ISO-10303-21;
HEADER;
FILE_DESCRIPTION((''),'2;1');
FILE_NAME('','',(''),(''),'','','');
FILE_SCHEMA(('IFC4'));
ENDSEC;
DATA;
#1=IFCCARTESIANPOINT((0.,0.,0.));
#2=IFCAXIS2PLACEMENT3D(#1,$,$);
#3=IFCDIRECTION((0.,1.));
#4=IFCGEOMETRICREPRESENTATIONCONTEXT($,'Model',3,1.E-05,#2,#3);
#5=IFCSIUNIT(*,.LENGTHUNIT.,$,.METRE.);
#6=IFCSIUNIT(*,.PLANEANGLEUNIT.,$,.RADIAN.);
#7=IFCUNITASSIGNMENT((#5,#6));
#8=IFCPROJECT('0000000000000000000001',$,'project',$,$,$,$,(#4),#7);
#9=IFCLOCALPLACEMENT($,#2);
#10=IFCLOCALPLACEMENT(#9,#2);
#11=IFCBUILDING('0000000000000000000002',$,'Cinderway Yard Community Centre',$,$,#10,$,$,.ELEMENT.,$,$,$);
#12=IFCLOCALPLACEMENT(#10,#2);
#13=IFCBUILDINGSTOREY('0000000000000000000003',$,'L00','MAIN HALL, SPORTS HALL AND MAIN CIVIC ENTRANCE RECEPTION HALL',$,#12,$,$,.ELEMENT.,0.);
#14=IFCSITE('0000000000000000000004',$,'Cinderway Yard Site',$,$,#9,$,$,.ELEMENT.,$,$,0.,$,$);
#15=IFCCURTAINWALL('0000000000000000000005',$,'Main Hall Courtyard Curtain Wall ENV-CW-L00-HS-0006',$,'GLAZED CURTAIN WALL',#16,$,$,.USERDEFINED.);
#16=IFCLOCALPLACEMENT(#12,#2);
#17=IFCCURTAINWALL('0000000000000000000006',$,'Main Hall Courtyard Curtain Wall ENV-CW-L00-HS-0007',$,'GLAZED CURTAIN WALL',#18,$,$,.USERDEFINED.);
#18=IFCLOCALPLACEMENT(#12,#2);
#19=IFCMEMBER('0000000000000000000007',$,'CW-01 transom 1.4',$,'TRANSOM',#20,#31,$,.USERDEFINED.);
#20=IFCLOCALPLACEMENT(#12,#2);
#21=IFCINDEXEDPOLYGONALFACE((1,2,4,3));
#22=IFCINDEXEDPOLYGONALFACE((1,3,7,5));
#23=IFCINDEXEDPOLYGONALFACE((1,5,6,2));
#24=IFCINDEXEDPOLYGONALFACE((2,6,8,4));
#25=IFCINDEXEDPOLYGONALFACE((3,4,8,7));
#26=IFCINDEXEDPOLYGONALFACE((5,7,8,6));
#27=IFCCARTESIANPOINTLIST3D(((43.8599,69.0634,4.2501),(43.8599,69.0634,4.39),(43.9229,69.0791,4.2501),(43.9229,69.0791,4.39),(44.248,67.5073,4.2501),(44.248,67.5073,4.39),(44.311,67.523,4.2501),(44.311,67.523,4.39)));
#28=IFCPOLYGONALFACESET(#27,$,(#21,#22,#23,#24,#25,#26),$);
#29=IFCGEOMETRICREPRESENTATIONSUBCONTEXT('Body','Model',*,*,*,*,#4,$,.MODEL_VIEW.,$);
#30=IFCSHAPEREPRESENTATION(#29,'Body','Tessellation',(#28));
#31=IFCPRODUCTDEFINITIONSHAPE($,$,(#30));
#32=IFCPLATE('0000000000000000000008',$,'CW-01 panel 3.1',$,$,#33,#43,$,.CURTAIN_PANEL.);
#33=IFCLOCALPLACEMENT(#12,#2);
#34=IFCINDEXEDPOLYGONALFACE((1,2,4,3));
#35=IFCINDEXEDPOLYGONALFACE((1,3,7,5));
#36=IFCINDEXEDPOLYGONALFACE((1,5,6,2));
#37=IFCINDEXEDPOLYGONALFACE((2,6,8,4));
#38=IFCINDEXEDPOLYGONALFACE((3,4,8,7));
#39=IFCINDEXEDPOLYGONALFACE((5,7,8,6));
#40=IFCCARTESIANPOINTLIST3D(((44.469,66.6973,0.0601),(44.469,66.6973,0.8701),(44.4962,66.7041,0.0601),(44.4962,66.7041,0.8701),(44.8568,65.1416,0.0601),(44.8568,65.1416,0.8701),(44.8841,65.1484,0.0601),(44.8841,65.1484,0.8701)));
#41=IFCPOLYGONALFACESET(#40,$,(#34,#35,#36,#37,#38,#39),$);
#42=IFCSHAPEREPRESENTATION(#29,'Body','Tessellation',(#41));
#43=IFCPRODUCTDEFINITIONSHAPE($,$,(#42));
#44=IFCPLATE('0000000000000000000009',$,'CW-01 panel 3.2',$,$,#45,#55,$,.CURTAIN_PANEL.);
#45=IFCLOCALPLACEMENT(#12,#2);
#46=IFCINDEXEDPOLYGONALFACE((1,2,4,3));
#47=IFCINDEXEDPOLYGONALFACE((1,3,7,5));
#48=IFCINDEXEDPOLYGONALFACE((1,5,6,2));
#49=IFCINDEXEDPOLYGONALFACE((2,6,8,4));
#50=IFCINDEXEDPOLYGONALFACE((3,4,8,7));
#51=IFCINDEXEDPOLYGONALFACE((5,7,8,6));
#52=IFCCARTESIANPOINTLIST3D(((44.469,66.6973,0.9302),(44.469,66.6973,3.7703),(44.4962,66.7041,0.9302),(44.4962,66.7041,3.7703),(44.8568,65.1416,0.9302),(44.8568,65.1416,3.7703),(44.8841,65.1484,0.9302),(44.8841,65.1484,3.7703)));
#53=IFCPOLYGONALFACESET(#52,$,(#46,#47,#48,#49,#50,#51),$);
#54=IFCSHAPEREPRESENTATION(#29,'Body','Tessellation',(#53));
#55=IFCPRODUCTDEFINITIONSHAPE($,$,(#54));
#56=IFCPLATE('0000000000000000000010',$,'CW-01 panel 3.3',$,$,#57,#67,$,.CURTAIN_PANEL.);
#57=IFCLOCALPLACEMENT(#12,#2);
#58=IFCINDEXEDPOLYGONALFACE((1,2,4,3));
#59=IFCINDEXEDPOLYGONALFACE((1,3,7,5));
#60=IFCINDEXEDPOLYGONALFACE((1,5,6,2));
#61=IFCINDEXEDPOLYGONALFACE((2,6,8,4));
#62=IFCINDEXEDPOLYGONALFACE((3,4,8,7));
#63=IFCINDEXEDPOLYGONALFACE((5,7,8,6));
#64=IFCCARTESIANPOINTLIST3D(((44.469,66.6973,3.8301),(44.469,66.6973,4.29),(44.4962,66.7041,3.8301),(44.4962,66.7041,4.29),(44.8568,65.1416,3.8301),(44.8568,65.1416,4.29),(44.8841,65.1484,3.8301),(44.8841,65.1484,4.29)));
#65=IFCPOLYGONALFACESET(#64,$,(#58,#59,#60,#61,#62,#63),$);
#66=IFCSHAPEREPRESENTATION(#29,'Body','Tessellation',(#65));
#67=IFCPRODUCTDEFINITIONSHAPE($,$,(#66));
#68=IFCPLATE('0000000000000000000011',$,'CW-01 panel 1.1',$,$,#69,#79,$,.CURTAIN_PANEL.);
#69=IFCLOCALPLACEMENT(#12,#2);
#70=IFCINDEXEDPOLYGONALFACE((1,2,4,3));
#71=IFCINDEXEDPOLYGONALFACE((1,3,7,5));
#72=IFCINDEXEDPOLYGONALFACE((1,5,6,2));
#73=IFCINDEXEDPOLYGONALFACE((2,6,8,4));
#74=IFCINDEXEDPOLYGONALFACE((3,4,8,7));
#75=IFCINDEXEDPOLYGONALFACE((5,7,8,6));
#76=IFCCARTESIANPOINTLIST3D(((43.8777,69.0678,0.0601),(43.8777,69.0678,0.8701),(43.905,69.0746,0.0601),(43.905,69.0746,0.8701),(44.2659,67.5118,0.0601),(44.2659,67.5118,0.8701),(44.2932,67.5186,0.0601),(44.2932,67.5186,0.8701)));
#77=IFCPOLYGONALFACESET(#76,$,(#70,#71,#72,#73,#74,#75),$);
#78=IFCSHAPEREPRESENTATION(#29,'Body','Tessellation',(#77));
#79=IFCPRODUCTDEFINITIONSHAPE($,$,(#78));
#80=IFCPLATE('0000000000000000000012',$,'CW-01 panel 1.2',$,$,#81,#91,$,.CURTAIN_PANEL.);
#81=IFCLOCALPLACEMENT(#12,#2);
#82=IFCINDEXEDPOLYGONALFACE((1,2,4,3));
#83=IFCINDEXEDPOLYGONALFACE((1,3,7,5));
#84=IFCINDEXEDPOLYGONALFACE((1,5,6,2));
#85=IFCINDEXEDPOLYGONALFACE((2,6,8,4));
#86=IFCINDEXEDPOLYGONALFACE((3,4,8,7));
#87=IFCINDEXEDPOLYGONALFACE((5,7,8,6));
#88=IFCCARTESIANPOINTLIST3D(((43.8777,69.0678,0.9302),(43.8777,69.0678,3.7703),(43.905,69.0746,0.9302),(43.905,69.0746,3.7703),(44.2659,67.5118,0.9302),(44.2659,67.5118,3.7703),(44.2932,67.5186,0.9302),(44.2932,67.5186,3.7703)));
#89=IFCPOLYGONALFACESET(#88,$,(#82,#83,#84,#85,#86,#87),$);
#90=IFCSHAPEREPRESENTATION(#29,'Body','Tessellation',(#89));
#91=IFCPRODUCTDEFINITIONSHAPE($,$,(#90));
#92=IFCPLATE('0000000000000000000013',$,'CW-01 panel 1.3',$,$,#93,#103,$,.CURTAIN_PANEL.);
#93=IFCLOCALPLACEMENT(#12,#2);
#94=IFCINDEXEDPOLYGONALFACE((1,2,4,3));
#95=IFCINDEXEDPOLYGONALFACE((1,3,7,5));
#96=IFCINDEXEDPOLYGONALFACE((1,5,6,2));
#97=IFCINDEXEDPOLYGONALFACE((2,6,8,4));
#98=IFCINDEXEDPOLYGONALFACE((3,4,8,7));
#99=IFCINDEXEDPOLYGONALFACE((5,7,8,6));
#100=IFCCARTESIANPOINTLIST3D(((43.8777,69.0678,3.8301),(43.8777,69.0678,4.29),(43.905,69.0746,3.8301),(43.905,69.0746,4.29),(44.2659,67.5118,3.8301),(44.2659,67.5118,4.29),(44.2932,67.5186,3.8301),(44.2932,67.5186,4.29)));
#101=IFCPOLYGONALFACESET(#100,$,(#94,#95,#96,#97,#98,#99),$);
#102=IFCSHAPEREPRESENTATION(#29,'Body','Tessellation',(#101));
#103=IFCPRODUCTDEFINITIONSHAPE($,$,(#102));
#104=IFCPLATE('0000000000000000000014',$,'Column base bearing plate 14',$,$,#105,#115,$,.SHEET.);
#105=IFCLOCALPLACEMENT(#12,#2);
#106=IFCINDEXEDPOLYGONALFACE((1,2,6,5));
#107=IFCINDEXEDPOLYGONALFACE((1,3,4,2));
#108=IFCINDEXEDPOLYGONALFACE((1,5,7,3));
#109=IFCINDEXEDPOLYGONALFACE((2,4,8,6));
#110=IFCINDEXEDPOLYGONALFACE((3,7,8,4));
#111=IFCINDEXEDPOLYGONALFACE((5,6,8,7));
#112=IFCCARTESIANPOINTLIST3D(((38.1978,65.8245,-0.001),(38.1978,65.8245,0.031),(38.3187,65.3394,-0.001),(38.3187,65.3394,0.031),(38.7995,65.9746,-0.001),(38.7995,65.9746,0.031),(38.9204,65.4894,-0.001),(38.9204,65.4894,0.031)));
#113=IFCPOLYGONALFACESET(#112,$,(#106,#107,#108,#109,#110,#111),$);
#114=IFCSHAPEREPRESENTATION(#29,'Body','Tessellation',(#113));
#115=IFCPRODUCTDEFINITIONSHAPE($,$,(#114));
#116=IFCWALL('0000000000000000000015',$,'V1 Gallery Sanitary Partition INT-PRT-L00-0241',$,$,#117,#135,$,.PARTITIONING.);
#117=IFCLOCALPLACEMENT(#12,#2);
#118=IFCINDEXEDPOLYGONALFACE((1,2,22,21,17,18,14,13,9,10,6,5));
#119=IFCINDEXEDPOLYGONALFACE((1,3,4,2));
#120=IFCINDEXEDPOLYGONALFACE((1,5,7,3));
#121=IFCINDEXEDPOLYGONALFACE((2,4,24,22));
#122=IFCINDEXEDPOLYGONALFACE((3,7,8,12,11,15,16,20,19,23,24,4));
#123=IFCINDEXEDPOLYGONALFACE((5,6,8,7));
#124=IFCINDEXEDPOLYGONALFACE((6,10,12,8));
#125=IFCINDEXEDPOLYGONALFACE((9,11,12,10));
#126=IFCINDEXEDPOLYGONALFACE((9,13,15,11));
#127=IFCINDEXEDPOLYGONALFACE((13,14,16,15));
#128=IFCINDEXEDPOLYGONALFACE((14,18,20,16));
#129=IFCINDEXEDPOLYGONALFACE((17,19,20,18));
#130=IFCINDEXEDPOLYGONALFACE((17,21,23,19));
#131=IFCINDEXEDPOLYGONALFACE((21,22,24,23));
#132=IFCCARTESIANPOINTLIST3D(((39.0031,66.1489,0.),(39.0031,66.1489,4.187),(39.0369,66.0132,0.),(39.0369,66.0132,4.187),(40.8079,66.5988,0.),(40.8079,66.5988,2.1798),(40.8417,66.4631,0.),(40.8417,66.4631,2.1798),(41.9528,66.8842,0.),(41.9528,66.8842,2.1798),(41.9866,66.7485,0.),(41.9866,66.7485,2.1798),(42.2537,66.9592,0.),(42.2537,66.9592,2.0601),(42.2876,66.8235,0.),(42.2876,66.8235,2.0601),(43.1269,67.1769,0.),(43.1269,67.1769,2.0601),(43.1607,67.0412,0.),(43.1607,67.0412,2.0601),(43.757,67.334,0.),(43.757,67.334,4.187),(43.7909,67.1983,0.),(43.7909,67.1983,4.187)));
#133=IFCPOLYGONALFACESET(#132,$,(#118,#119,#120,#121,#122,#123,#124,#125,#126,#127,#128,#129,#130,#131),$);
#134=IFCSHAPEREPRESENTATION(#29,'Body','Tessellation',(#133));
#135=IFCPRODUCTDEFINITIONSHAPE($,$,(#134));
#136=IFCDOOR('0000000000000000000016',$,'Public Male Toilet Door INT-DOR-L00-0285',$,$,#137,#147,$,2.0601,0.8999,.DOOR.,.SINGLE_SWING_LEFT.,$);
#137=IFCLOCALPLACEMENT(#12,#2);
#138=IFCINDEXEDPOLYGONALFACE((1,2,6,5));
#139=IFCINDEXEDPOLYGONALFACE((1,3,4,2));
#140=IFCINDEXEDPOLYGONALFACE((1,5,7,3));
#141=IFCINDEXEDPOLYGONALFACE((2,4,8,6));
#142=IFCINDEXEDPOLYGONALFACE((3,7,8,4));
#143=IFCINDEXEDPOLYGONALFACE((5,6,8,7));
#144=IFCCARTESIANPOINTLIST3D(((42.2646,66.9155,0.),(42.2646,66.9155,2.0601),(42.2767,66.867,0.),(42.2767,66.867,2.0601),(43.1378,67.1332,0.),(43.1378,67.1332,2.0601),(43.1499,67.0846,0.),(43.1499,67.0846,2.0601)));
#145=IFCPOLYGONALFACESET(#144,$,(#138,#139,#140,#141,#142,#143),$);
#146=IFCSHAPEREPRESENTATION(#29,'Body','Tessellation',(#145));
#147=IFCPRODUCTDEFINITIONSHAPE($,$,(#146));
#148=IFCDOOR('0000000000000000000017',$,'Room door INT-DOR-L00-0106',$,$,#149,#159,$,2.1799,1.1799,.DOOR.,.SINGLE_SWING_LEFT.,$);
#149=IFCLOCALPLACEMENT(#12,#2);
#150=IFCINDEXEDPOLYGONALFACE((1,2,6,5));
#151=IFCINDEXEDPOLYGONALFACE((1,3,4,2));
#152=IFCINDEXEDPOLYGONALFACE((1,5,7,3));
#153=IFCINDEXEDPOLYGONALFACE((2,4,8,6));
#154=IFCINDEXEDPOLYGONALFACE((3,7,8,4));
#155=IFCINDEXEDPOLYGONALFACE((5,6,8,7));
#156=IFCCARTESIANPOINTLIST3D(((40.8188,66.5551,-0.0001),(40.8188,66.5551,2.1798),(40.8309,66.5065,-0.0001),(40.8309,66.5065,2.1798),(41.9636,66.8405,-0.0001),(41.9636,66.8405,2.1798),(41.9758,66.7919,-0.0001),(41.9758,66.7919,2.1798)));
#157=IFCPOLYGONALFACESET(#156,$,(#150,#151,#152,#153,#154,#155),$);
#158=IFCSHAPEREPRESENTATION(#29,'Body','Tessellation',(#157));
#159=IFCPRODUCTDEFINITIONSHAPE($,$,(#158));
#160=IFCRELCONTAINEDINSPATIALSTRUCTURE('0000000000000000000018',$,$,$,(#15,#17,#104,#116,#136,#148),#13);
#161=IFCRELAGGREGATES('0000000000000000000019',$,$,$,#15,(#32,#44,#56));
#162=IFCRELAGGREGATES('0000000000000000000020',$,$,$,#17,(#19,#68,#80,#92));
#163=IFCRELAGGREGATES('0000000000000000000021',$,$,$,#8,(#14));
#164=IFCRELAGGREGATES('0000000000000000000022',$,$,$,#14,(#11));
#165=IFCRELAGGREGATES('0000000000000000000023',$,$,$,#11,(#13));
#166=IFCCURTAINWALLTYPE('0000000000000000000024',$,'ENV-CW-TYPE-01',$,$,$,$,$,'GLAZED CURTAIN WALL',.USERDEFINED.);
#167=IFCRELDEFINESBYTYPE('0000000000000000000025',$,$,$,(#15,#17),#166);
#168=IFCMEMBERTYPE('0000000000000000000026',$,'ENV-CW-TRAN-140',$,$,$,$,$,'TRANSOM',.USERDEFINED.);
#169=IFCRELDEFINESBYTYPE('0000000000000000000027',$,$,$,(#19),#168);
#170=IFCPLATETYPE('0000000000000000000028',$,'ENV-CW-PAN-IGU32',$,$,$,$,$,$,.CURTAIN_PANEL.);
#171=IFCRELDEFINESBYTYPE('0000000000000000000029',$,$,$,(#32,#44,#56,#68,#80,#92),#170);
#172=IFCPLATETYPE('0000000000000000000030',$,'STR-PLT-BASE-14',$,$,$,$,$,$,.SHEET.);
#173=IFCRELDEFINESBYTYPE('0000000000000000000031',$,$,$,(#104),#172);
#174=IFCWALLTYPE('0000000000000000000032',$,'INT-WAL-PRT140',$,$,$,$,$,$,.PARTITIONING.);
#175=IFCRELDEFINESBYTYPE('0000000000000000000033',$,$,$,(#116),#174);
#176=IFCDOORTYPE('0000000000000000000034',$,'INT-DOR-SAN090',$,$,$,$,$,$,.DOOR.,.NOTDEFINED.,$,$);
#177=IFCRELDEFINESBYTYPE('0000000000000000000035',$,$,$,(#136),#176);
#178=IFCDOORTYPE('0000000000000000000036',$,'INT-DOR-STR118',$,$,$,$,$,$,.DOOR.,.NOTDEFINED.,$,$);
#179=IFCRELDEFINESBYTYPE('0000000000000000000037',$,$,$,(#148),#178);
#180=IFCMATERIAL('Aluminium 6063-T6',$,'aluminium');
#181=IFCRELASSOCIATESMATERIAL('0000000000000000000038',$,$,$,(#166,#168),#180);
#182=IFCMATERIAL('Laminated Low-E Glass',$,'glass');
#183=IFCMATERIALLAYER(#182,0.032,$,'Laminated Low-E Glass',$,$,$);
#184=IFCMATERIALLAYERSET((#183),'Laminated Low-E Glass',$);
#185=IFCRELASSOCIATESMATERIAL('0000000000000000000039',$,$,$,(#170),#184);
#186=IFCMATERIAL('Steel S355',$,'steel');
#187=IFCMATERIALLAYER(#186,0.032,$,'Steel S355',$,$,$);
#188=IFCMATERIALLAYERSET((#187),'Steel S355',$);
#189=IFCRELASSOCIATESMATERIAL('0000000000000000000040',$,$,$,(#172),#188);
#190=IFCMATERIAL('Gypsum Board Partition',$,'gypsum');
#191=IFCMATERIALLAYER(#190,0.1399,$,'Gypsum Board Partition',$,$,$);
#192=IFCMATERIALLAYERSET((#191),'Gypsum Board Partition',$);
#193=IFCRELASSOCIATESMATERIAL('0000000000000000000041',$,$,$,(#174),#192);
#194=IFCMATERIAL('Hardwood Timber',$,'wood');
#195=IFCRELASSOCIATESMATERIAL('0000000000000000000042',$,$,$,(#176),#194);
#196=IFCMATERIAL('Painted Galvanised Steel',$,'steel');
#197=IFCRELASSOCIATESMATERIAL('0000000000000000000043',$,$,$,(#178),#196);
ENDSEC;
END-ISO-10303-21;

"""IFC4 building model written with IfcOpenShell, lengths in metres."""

from ifc_helpers import new_model, si_unit, direction, frame, frame_2d, origin, origin_2d, place, context, subcontext, project, spatial, rectangle, extrude, material, layer, layer_set, material_profile, profile_set, type_object, element, fill, aggregate, save


model = new_model("IFC4")

# Units and contexts
model_context = context("Model", 3, precision=1e-05, world=origin(), true_north=direction((0.0, 1.0)))
body_context = subcontext(model_context, "Body", "Model", "MODEL_VIEW")
ifc_project = project(units=[si_unit("LENGTHUNIT", "METRE"), si_unit("PLANEANGLEUNIT", "RADIAN")], contexts=[model_context])

# Site, building, storey
site_placement = place(None, origin())
site = spatial("IfcSite", under=ifc_project, at=site_placement, Name="Cinderway Yard Site", CompositionType="ELEMENT", RefElevation=0.0)
building_placement = place(site_placement, origin())
building = spatial("IfcBuilding", under=site, at=building_placement, Name="Cinderway Yard Community Centre", CompositionType="ELEMENT")
storey_placement = place(building_placement, origin())
storey = spatial("IfcBuildingStorey", under=building, at=storey_placement, Name="L00", Description="MAIN HALL, SPORTS HALL AND MAIN CIVIC ENTRANCE RECEPTION HALL", CompositionType="ELEMENT", Elevation=0.0)

# Curtain wall
ifc_material_1 = material(Name="Aluminium 6063-T6", Category="aluminium")
curtain_wall_type = type_object("IfcCurtainWallType", Name="ENV-CW-TYPE-01", ElementType="GLAZED CURTAIN WALL", PredefinedType="USERDEFINED", material=ifc_material_1)
curtain_wall_1_placement = place(storey_placement, origin())
curtain_wall_1 = element("IfcCurtainWall", 1, at=curtain_wall_1_placement, inside=storey, type_object=curtain_wall_type, Name="Main Hall Courtyard Curtain Wall ENV-CW-L00-HS-0006", ObjectType="GLAZED CURTAIN WALL", PredefinedType="USERDEFINED")

# Curtain wall, member
curtain_wall_2_placement = place(storey_placement, origin())
curtain_wall_2 = element("IfcCurtainWall", 2, at=curtain_wall_2_placement, inside=storey, type_object=curtain_wall_type, Name="Main Hall Courtyard Curtain Wall ENV-CW-L00-HS-0007", ObjectType="GLAZED CURTAIN WALL", PredefinedType="USERDEFINED")
ifc_material_profile_1 = material_profile(ifc_material_1, rectangle(XDim=0.0649, YDim=0.1399, at=origin_2d()), Name="Aluminium 6063-T6")
ifc_profile_set_1 = profile_set([ifc_material_profile_1], Name="Aluminium 6063-T6")
member_type_1 = type_object("IfcMemberType", Name="ENV-CW-TRAN-140", ElementType="TRANSOM", PredefinedType="USERDEFINED", material=ifc_profile_set_1)
member_1_placement = place(storey_placement, frame((44.2795, 67.5151, 4.3201), z_axis=(-0.242034, 0.970268, 0.0), x_axis=(-0.970268, -0.242034, 0.0)))
member_1 = element("IfcMember", 3, at=member_1_placement, type_object=member_type_1, Name="CW-01 transom 1.4", ObjectType="TRANSOM", PredefinedType="USERDEFINED", context=body_context, shape_type="SweptSolid", body=[
    extrude(rectangle(XDim=0.0649, YDim=0.1399, at=origin_2d()), origin(), (0.0, 0.0, 1.0), 1.6038),
])

# Plates
ifc_material_2 = material(Name="Laminated Low-E Glass", Category="glass")
ifc_layer_1 = layer(ifc_material_2, 0.032, Name="Laminated Low-E Glass")
ifc_layer_set_1 = layer_set([ifc_layer_1], Name="Laminated Low-E Glass")
plate_type_1 = type_object("IfcPlateType", Name="ENV-CW-PAN-IGU32", PredefinedType="CURTAIN_PANEL", material=ifc_layer_set_1)
plate_1_placement = place(storey_placement, frame((44.6765, 65.9229, 0.0601), z_axis=(0.0, 0.0, 1.0), x_axis=(-0.241933, 0.970293, 0.0)))
plate_1 = element("IfcPlate", 4, at=plate_1_placement, type_object=plate_type_1, Name="CW-01 panel 3.1", PredefinedType="CURTAIN_PANEL", context=body_context, shape_type="SweptSolid", body=[
    extrude(rectangle(XDim=1.6033, YDim=0.0281, at=origin_2d()), origin(), (0.0, 0.0, 1.0), 0.8101),
])
plate_2_placement = place(storey_placement, frame((44.6765, 65.9229, 0.9302), z_axis=(0.0, 0.0, 1.0), x_axis=(-0.241933, 0.970293, 0.0)))
plate_2 = element("IfcPlate", 5, at=plate_2_placement, type_object=plate_type_1, Name="CW-01 panel 3.2", PredefinedType="CURTAIN_PANEL", context=body_context, shape_type="SweptSolid", body=[
    extrude(rectangle(XDim=1.6033, YDim=0.0281, at=origin_2d()), origin(), (0.0, 0.0, 1.0), 2.8401),
])
plate_3_placement = place(storey_placement, frame((44.6765, 65.9229, 3.8301), z_axis=(0.0, 0.0, 1.0), x_axis=(-0.241933, 0.970293, 0.0)))
plate_3 = element("IfcPlate", 6, at=plate_3_placement, type_object=plate_type_1, Name="CW-01 panel 3.3", PredefinedType="CURTAIN_PANEL", context=body_context, shape_type="SweptSolid", body=[
    extrude(rectangle(XDim=1.6033, YDim=0.0281, at=origin_2d()), origin(), (0.0, 0.0, 1.0), 0.46),
])
aggregate(curtain_wall_1, [plate_1, plate_2, plate_3])
plate_4_placement = place(storey_placement, frame((44.0854, 68.2932, 0.0601), z_axis=(0.0, 0.0, 1.0), x_axis=(-0.242073, 0.970258, 0.0)))
plate_4 = element("IfcPlate", 7, at=plate_4_placement, type_object=plate_type_1, Name="CW-01 panel 1.1", PredefinedType="CURTAIN_PANEL", context=body_context, shape_type="SweptSolid", body=[
    extrude(rectangle(XDim=1.6038, YDim=0.0281, at=origin_2d()), origin(), (0.0, 0.0, 1.0), 0.8101),
])
plate_5_placement = place(storey_placement, frame((44.0854, 68.2932, 0.9302), z_axis=(0.0, 0.0, 1.0), x_axis=(-0.242073, 0.970258, 0.0)))
plate_5 = element("IfcPlate", 8, at=plate_5_placement, type_object=plate_type_1, Name="CW-01 panel 1.2", PredefinedType="CURTAIN_PANEL", context=body_context, shape_type="SweptSolid", body=[
    extrude(rectangle(XDim=1.6038, YDim=0.0281, at=origin_2d()), origin(), (0.0, 0.0, 1.0), 2.8401),
])
plate_6_placement = place(storey_placement, frame((44.0854, 68.2932, 3.8301), z_axis=(0.0, 0.0, 1.0), x_axis=(-0.242073, 0.970258, 0.0)))
plate_6 = element("IfcPlate", 9, at=plate_6_placement, type_object=plate_type_1, Name="CW-01 panel 1.3", PredefinedType="CURTAIN_PANEL", context=body_context, shape_type="SweptSolid", body=[
    extrude(rectangle(XDim=1.6038, YDim=0.0281, at=origin_2d()), origin(), (0.0, 0.0, 1.0), 0.46),
])
aggregate(curtain_wall_2, [member_1, plate_4, plate_5, plate_6])
ifc_material_3 = material(Name="Steel S355", Category="steel")
ifc_layer_2 = layer(ifc_material_3, 0.032, Name="Steel S355")
ifc_layer_set_2 = layer_set([ifc_layer_2], Name="Steel S355")
plate_type_2 = type_object("IfcPlateType", Name="STR-PLT-BASE-14", PredefinedType="SHEET", material=ifc_layer_set_2)
plate_7_placement = place(storey_placement, frame((38.5591, 65.657, -0.001), z_axis=(0.0, 0.0, 1.0), x_axis=(0.970296, 0.241922, 0.0)))
element("IfcPlate", 10, at=plate_7_placement, inside=storey, type_object=plate_type_2, Name="Column base bearing plate 14", PredefinedType="SHEET", context=body_context, shape_type="SweptSolid", body=[
    extrude(rectangle(XDim=0.6201, YDim=0.5, at=origin_2d()), origin(), (0.0, 0.0, 1.0), 0.032),
])

# Wall, openings, doors
ifc_material_4 = material(Name="Gypsum Board Partition", Category="gypsum")
ifc_layer_3 = layer(ifc_material_4, 0.1399, Name="Gypsum Board Partition")
ifc_layer_set_3 = layer_set([ifc_layer_3], Name="Gypsum Board Partition")
wall_type_1 = type_object("IfcWallType", Name="INT-WAL-PRT140", PredefinedType="PARTITIONING", material=ifc_layer_set_3)
wall_1_placement = place(storey_placement, frame((39.02, 66.0811, 0.0), z_axis=(0.0, 0.0, 1.0), x_axis=(0.970306, 0.241879, 0.0)))
wall_1 = element("IfcWall", 11, at=wall_1_placement, inside=storey, type_object=wall_type_1, Name="V1 Gallery Sanitary Partition INT-PRT-L00-0241", PredefinedType="PARTITIONING", context=body_context, shape_type="SweptSolid", body=[
    extrude(rectangle(XDim=4.8994, YDim=0.1399, at=frame_2d((2.4497, 0.0))), origin(), (0.0, 0.0, 1.0), 4.187),
])
opening_1_placement = place(wall_1_placement, frame((1.8601, 0.0, 0.0)))
opening_1 = element("IfcOpeningElement", 12, at=opening_1_placement, cuts=wall_1, PredefinedType="OPENING", context=body_context, shape_type="SweptSolid", body=[
    extrude(rectangle(XDim=1.1799, YDim=2.1799, at=frame_2d((0.5898, 1.0898))), frame((0.0, 0.0798, 0.0), z_axis=(0.0, -1.0, 0.0), x_axis=(1.0, 0.0, 0.0)), (0.0, 0.0, 1.0), 0.1599),
])
opening_2_placement = place(wall_1_placement, frame((3.3501, 0.0, 0.0)))
opening_2 = element("IfcOpeningElement", 13, at=opening_2_placement, cuts=wall_1, PredefinedType="OPENING", context=body_context, shape_type="SweptSolid", body=[
    extrude(rectangle(XDim=0.8999, YDim=2.0601, at=frame_2d((0.45, 1.03))), frame((0.0, 0.0798, 0.0), z_axis=(0.0, -1.0, 0.0), x_axis=(1.0, 0.0, 0.0)), (0.0, 0.0, 1.0), 0.1599),
])
ifc_material_5 = material(Name="Hardwood Timber", Category="wood")
door_type_1 = type_object("IfcDoorType", Name="INT-DOR-SAN090", OperationType="NOTDEFINED", PredefinedType="DOOR", material=ifc_material_5)
door_1_placement = place(opening_2_placement, origin())
door_1 = element("IfcDoor", 14, at=door_1_placement, inside=storey, type_object=door_type_1, Name="Public Male Toilet Door INT-DOR-L00-0285", OperationType="SINGLE_SWING_LEFT", OverallHeight=2.0601, OverallWidth=0.8999, PredefinedType="DOOR", context=body_context, shape_type="SweptSolid", body=[
    extrude(rectangle(XDim=0.8999, YDim=2.0601, at=frame_2d((0.45, 1.03))), frame((0.0, 0.0249, 0.0), z_axis=(0.0, -1.0, 0.0), x_axis=(1.0, 0.0, 0.0)), (0.0, 0.0, 1.0), 0.05),
])
fill(opening_2, door_1)
ifc_material_6 = material(Name="Painted Galvanised Steel", Category="steel")
door_type_2 = type_object("IfcDoorType", Name="INT-DOR-STR118", OperationType="NOTDEFINED", PredefinedType="DOOR", material=ifc_material_6)
door_2_placement = place(opening_1_placement, origin())
door_2 = element("IfcDoor", 15, at=door_2_placement, inside=storey, type_object=door_type_2, Name="Room door INT-DOR-L00-0106", OperationType="SINGLE_SWING_LEFT", OverallHeight=2.1799, OverallWidth=1.1799, PredefinedType="DOOR", context=body_context, shape_type="SweptSolid", body=[
    extrude(rectangle(XDim=1.1799, YDim=2.1799, at=frame_2d((0.5898, 1.0898))), frame((0.0, 0.0249, 0.0), z_axis=(0.0, -1.0, 0.0), x_axis=(1.0, 0.0, 0.0)), (0.0, 0.0, 1.0), 0.05),
])
fill(opening_1, door_2)

save(model, "model.ifc")
